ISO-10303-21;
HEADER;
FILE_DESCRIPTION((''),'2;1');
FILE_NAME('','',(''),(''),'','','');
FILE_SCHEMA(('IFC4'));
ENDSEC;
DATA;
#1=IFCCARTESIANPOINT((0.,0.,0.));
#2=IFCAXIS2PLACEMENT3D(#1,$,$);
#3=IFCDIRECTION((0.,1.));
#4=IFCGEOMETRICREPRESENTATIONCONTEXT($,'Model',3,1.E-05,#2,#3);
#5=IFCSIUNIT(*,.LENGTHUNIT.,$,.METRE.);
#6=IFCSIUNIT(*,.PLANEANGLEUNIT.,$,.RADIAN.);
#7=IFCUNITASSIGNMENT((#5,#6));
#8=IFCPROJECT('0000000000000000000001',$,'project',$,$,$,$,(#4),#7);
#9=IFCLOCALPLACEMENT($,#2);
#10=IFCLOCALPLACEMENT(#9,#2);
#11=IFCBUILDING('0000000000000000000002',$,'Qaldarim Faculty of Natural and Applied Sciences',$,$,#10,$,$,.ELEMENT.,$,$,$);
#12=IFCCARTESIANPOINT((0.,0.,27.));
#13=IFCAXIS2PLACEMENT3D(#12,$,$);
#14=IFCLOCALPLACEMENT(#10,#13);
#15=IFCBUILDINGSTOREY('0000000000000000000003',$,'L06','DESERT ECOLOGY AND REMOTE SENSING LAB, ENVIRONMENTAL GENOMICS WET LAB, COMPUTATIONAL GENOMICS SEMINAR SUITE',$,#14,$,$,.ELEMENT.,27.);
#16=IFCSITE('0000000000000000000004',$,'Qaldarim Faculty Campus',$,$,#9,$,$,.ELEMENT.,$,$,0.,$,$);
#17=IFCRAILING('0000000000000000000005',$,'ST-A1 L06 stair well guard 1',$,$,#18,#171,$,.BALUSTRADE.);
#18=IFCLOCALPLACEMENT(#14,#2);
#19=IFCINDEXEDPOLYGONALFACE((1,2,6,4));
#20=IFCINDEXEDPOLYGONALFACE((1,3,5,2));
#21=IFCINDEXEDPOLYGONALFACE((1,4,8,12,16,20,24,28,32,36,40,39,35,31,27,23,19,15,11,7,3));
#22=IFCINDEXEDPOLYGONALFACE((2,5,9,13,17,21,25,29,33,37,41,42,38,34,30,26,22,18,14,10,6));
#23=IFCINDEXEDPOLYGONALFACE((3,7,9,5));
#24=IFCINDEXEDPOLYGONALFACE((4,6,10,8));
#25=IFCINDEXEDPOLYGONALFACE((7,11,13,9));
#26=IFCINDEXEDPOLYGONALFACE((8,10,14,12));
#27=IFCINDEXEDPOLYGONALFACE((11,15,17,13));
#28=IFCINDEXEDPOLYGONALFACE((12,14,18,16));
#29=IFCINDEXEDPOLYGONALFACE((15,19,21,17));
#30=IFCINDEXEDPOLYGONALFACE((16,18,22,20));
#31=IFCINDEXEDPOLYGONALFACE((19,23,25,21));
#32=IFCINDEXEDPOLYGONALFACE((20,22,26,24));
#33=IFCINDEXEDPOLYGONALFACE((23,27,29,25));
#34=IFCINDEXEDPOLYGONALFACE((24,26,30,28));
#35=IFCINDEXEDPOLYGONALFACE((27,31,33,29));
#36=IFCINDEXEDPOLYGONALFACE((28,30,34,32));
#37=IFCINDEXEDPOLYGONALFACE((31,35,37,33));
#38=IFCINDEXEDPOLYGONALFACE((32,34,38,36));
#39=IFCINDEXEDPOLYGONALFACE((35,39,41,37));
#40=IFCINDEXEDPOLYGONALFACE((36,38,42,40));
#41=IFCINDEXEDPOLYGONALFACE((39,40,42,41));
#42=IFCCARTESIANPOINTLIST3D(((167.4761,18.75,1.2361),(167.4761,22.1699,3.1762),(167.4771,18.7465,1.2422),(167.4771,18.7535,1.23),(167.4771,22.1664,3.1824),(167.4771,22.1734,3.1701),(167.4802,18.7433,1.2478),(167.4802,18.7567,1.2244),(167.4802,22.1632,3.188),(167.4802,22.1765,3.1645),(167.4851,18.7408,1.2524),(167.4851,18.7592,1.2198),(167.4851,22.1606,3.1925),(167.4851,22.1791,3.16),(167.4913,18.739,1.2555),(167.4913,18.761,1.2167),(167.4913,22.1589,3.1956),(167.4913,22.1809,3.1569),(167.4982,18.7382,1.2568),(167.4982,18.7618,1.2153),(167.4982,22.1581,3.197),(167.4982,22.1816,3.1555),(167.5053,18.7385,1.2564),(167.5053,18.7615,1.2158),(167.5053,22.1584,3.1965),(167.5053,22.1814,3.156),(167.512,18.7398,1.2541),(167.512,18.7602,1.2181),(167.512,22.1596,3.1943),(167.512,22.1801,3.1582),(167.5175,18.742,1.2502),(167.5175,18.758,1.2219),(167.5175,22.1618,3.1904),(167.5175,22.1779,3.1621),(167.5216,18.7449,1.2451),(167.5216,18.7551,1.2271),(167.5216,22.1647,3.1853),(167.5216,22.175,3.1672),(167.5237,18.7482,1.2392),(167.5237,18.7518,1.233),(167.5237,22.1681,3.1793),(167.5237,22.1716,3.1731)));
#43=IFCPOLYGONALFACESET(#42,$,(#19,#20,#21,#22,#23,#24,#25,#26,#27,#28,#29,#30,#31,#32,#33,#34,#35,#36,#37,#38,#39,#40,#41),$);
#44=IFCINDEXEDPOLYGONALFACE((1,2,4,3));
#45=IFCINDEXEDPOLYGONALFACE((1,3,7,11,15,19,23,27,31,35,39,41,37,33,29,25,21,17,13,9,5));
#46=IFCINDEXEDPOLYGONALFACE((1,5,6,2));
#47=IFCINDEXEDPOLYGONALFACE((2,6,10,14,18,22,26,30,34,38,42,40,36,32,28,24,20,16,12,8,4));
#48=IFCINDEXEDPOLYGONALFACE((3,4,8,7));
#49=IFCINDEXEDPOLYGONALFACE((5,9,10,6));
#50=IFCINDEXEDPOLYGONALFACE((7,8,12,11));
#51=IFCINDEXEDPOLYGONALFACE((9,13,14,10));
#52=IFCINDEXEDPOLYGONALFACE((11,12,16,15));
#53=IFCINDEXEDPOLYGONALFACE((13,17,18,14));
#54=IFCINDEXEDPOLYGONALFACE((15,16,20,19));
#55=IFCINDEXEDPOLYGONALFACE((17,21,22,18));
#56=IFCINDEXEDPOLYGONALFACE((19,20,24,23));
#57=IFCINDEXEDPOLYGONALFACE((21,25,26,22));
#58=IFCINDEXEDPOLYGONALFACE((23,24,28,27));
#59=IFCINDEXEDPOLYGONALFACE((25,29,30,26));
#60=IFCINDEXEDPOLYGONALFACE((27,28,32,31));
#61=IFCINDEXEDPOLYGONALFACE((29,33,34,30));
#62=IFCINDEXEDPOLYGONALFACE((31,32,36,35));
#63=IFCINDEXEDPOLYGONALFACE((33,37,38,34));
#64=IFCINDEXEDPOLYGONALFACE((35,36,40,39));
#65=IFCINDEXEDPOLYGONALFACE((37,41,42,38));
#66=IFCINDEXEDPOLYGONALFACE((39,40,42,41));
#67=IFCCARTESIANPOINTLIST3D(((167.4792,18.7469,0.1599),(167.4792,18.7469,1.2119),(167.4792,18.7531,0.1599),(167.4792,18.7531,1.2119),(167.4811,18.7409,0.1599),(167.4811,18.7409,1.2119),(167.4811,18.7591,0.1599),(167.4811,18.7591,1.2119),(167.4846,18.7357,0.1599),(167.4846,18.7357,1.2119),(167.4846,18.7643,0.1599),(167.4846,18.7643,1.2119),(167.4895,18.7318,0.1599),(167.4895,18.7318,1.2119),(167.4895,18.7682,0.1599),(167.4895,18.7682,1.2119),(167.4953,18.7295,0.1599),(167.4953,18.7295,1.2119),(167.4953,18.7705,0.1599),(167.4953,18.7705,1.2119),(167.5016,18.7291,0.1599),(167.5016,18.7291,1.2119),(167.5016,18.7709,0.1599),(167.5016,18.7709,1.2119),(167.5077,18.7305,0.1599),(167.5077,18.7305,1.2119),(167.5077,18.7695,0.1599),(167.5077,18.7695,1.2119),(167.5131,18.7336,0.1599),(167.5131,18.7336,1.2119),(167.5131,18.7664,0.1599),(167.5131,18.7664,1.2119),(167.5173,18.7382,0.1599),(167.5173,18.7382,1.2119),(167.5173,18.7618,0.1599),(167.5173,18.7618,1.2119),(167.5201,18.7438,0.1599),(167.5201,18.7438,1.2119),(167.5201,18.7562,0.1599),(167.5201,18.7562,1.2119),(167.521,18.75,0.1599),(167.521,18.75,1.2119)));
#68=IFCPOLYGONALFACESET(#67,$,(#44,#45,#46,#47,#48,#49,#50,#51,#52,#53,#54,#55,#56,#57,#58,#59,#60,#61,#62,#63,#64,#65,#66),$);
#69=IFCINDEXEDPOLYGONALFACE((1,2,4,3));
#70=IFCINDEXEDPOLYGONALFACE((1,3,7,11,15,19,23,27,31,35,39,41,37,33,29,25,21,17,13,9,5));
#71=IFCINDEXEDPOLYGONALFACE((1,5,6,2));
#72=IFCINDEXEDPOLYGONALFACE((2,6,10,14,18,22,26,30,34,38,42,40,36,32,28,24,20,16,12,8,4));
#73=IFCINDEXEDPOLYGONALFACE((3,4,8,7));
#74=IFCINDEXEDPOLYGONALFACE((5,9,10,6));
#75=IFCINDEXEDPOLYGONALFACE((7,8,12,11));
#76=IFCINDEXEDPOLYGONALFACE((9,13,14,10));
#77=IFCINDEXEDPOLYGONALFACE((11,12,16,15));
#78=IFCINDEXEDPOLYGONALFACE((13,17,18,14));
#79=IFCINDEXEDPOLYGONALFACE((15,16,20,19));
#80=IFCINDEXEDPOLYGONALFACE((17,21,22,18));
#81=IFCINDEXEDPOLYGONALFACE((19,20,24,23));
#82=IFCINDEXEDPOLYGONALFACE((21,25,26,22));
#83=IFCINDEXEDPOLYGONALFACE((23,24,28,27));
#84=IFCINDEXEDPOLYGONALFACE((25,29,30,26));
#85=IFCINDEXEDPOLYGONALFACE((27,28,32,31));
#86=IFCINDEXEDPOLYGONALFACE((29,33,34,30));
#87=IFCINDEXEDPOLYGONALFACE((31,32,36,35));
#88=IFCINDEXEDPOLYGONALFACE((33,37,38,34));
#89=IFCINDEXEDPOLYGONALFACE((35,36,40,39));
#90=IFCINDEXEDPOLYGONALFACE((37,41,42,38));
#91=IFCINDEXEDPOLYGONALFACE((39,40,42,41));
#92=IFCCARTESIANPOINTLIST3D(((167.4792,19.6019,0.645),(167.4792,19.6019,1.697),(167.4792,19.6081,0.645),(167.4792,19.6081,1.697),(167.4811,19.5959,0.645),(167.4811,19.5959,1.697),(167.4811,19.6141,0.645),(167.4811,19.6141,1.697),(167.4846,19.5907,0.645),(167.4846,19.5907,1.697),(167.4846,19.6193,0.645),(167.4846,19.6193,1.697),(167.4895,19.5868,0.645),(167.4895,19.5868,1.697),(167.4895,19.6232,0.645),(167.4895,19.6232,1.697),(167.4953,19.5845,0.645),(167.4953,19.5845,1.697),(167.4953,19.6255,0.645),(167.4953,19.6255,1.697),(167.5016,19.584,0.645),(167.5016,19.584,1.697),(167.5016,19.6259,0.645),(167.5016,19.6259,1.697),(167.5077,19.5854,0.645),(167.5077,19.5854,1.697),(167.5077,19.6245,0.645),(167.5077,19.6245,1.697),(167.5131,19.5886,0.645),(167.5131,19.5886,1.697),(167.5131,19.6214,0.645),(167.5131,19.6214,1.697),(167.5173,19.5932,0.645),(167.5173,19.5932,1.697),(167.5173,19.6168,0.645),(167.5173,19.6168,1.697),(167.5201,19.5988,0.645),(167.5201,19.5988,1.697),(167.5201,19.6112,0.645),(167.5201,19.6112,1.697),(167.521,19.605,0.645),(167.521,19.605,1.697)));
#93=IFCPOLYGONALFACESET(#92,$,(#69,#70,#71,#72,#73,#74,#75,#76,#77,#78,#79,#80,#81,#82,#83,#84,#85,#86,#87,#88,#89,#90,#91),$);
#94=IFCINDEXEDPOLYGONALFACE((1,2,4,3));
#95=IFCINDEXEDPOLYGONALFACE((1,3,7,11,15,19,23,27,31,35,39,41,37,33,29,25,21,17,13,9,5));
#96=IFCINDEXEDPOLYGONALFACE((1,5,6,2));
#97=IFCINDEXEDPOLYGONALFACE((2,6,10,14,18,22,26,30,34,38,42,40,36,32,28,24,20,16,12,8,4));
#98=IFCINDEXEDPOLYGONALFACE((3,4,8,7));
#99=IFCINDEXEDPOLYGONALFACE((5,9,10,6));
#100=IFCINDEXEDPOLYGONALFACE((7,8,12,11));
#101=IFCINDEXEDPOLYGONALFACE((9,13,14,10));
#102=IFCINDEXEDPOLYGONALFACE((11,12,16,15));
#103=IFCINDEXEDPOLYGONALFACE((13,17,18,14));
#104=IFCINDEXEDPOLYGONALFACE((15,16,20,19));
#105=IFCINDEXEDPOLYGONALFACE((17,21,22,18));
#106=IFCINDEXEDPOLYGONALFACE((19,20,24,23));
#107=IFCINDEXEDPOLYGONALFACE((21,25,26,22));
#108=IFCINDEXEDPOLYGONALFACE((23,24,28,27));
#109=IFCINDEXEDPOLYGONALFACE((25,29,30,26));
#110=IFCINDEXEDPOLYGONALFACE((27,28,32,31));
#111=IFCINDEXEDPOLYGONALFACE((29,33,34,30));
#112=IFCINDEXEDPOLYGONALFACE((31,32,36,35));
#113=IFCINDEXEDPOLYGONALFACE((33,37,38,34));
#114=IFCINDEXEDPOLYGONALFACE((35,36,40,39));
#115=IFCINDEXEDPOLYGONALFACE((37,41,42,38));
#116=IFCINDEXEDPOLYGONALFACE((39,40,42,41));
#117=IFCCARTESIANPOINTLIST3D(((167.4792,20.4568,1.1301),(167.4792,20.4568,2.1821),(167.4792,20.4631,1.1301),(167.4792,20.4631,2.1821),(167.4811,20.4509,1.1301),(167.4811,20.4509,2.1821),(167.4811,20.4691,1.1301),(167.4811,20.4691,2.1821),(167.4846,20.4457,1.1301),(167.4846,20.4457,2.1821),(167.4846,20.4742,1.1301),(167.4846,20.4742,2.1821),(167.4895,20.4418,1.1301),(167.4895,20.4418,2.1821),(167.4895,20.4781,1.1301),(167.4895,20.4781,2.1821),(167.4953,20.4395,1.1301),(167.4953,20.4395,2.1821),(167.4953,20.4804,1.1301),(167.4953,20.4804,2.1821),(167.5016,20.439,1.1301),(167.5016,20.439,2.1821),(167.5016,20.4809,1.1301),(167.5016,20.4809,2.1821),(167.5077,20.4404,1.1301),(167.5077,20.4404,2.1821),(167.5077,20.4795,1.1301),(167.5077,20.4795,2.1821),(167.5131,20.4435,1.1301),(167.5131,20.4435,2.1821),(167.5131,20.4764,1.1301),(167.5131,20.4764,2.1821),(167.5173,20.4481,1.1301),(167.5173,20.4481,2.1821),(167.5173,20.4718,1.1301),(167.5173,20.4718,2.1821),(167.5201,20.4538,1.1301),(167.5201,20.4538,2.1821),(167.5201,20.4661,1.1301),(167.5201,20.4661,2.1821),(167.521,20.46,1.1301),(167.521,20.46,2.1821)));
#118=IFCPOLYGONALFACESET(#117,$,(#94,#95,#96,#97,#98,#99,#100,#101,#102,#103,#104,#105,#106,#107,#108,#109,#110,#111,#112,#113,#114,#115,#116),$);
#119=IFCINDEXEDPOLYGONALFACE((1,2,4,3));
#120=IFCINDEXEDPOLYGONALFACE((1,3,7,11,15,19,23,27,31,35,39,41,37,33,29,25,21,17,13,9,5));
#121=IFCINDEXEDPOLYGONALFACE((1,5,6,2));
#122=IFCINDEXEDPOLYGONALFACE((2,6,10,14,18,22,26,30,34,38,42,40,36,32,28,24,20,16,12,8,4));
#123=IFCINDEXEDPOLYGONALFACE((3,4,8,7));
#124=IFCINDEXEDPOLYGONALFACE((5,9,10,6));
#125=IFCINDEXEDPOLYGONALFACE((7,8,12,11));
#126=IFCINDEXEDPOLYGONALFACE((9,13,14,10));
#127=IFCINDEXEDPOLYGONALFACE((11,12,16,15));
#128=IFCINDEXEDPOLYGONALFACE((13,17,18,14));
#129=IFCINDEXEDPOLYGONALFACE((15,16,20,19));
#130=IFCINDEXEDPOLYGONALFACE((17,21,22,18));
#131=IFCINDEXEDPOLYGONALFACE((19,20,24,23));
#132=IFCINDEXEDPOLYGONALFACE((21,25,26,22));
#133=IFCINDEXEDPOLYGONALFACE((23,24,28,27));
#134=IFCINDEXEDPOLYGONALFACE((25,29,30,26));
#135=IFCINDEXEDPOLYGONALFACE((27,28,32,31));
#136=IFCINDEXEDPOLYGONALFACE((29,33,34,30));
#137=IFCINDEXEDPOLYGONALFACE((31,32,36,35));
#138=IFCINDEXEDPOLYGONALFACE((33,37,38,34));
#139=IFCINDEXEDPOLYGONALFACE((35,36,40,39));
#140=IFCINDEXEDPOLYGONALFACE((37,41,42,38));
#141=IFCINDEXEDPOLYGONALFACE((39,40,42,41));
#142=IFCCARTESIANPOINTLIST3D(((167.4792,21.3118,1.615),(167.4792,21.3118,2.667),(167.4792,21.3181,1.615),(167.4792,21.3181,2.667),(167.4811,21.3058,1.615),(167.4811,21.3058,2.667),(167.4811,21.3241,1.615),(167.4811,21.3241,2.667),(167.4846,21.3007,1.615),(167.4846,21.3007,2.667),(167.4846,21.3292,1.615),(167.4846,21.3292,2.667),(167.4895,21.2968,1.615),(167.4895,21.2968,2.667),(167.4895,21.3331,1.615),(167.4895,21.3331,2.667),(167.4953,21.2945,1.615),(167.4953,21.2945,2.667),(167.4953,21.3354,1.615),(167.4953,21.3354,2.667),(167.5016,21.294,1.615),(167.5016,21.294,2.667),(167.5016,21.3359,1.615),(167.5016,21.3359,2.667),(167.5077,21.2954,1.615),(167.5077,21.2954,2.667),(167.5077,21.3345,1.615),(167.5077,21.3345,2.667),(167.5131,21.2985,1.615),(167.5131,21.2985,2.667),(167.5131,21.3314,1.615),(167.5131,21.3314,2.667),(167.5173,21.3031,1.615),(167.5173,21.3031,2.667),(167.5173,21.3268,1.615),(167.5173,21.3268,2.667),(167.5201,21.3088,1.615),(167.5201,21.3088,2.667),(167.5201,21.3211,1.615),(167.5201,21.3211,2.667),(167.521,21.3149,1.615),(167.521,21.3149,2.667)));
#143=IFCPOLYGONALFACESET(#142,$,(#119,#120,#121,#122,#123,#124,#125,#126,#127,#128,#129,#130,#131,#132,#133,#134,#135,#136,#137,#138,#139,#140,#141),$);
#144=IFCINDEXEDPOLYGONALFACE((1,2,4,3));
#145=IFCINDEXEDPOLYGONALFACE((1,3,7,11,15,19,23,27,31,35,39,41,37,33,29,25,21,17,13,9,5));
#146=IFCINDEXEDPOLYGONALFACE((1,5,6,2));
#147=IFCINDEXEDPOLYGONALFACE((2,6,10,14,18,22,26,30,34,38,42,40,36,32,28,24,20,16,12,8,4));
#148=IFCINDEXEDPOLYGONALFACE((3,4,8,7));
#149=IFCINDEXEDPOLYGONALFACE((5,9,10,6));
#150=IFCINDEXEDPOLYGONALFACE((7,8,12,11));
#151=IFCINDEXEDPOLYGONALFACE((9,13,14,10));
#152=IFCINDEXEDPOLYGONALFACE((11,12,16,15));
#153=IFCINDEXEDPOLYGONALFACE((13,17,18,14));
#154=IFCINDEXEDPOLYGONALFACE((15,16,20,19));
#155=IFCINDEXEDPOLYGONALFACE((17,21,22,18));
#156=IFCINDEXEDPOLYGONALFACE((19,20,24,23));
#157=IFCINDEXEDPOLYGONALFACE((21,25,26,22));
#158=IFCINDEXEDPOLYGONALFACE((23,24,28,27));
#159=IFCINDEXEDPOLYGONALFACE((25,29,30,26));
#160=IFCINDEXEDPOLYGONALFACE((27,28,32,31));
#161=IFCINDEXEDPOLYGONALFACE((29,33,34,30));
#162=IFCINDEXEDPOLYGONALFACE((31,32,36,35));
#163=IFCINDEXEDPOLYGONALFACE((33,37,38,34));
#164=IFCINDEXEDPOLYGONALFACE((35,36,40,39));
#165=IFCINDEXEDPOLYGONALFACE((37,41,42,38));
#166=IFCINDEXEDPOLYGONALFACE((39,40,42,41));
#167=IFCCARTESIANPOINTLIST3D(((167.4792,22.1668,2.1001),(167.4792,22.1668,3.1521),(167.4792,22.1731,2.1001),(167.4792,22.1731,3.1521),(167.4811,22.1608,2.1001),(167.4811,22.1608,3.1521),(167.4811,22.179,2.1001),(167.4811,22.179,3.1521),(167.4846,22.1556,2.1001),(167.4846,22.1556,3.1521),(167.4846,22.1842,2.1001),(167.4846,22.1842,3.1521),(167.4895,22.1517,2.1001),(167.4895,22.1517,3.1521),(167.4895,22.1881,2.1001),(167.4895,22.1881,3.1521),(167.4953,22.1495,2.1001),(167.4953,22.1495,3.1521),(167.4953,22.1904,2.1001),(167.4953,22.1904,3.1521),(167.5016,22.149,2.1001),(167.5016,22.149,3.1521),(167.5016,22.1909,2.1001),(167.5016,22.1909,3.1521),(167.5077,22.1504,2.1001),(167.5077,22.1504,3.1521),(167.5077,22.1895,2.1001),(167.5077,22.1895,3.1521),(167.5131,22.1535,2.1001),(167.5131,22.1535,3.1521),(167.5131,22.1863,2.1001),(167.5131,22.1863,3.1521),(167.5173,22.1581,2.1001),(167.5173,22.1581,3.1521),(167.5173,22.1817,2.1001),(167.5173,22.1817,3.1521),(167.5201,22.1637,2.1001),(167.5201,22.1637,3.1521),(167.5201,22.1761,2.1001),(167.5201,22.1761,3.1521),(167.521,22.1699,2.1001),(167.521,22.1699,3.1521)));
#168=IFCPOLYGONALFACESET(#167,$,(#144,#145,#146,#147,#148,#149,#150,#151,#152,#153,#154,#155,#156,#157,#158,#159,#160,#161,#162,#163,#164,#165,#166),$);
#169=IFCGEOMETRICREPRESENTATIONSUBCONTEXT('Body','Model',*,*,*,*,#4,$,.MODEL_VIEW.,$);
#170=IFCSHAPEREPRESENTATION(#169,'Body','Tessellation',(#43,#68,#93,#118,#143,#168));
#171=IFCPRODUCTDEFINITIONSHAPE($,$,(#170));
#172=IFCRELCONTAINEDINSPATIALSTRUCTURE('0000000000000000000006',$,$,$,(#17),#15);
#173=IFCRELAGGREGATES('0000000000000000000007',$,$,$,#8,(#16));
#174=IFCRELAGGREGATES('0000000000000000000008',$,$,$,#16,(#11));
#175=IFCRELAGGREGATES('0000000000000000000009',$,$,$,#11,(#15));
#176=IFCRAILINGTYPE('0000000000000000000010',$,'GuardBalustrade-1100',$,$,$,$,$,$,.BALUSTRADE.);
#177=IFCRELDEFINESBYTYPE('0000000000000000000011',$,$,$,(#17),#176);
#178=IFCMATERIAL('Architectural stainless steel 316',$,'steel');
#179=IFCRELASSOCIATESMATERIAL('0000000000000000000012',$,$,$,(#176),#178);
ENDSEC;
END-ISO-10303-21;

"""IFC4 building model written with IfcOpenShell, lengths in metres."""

from ifc_helpers import new_model, si_unit, direction, frame, origin, origin_2d, place, context, subcontext, project, spatial, circle, extrude, material, type_object, element, save


model = new_model("IFC4")

# Units and contexts
model_context = context("Model", 3, precision=1e-05, world=origin(), true_north=direction((0.0, 1.0)))
body_context = subcontext(model_context, "Body", "Model", "MODEL_VIEW")
ifc_project = project(units=[si_unit("LENGTHUNIT", "METRE"), si_unit("PLANEANGLEUNIT", "RADIAN")], contexts=[model_context])

# Site, building, storey
site_placement = place(None, origin())
site = spatial("IfcSite", under=ifc_project, at=site_placement, Name="Qaldarim Faculty Campus", CompositionType="ELEMENT", RefElevation=0.0)
building_placement = place(site_placement, origin())
building = spatial("IfcBuilding", under=site, at=building_placement, Name="Qaldarim Faculty of Natural and Applied Sciences", CompositionType="ELEMENT")
storey_placement = place(building_placement, frame((0.0, 0.0, 27.0)))
storey = spatial("IfcBuildingStorey", under=building, at=storey_placement, Name="L06", Description="DESERT ECOLOGY AND REMOTE SENSING LAB, ENVIRONMENTAL GENOMICS WET LAB, COMPUTATIONAL GENOMICS SEMINAR SUITE", CompositionType="ELEMENT", Elevation=27.0)

# Shared definitions
ifc_material_1 = material(Name="Architectural stainless steel 316", Category="steel")

# Railing
railing_type_1 = type_object("IfcRailingType", Name="GuardBalustrade-1100", PredefinedType="BALUSTRADE", material=ifc_material_1)
railing_1_placement = place(storey_placement, frame((167.5, 18.75, 0.1599)))
element("IfcRailing", 1, at=railing_1_placement, inside=storey, type_object=railing_type_1, Name="ST-A1 L06 stair well guard 1", PredefinedType="BALUSTRADE", context=body_context, shape_type="SweptSolid", body=[
    extrude(circle(Radius=0.0239, at=origin_2d()), frame((0.0, 0.0, 1.0762), z_axis=(0.0, 0.869779, 0.493442), x_axis=(-1.0, 0.0, 0.0)), (0.0, 0.0, 1.0), 3.9319),
    extrude(circle(Radius=0.021, at=origin_2d()), origin(), (0.0, 0.0, 1.0), 1.052),
    extrude(circle(Radius=0.021, at=origin_2d()), frame((0.0, 0.855, 0.4851)), (0.0, 0.0, 1.0), 1.052),
    extrude(circle(Radius=0.021, at=origin_2d()), frame((0.0, 1.71, 0.9702)), (0.0, 0.0, 1.0), 1.052),
    extrude(circle(Radius=0.021, at=origin_2d()), frame((0.0, 2.5649, 1.4551)), (0.0, 0.0, 1.0), 1.052),
    extrude(circle(Radius=0.021, at=origin_2d()), frame((0.0, 3.4199, 1.9402)), (0.0, 0.0, 1.0), 1.052),
])

save(model, "model.ifc")
